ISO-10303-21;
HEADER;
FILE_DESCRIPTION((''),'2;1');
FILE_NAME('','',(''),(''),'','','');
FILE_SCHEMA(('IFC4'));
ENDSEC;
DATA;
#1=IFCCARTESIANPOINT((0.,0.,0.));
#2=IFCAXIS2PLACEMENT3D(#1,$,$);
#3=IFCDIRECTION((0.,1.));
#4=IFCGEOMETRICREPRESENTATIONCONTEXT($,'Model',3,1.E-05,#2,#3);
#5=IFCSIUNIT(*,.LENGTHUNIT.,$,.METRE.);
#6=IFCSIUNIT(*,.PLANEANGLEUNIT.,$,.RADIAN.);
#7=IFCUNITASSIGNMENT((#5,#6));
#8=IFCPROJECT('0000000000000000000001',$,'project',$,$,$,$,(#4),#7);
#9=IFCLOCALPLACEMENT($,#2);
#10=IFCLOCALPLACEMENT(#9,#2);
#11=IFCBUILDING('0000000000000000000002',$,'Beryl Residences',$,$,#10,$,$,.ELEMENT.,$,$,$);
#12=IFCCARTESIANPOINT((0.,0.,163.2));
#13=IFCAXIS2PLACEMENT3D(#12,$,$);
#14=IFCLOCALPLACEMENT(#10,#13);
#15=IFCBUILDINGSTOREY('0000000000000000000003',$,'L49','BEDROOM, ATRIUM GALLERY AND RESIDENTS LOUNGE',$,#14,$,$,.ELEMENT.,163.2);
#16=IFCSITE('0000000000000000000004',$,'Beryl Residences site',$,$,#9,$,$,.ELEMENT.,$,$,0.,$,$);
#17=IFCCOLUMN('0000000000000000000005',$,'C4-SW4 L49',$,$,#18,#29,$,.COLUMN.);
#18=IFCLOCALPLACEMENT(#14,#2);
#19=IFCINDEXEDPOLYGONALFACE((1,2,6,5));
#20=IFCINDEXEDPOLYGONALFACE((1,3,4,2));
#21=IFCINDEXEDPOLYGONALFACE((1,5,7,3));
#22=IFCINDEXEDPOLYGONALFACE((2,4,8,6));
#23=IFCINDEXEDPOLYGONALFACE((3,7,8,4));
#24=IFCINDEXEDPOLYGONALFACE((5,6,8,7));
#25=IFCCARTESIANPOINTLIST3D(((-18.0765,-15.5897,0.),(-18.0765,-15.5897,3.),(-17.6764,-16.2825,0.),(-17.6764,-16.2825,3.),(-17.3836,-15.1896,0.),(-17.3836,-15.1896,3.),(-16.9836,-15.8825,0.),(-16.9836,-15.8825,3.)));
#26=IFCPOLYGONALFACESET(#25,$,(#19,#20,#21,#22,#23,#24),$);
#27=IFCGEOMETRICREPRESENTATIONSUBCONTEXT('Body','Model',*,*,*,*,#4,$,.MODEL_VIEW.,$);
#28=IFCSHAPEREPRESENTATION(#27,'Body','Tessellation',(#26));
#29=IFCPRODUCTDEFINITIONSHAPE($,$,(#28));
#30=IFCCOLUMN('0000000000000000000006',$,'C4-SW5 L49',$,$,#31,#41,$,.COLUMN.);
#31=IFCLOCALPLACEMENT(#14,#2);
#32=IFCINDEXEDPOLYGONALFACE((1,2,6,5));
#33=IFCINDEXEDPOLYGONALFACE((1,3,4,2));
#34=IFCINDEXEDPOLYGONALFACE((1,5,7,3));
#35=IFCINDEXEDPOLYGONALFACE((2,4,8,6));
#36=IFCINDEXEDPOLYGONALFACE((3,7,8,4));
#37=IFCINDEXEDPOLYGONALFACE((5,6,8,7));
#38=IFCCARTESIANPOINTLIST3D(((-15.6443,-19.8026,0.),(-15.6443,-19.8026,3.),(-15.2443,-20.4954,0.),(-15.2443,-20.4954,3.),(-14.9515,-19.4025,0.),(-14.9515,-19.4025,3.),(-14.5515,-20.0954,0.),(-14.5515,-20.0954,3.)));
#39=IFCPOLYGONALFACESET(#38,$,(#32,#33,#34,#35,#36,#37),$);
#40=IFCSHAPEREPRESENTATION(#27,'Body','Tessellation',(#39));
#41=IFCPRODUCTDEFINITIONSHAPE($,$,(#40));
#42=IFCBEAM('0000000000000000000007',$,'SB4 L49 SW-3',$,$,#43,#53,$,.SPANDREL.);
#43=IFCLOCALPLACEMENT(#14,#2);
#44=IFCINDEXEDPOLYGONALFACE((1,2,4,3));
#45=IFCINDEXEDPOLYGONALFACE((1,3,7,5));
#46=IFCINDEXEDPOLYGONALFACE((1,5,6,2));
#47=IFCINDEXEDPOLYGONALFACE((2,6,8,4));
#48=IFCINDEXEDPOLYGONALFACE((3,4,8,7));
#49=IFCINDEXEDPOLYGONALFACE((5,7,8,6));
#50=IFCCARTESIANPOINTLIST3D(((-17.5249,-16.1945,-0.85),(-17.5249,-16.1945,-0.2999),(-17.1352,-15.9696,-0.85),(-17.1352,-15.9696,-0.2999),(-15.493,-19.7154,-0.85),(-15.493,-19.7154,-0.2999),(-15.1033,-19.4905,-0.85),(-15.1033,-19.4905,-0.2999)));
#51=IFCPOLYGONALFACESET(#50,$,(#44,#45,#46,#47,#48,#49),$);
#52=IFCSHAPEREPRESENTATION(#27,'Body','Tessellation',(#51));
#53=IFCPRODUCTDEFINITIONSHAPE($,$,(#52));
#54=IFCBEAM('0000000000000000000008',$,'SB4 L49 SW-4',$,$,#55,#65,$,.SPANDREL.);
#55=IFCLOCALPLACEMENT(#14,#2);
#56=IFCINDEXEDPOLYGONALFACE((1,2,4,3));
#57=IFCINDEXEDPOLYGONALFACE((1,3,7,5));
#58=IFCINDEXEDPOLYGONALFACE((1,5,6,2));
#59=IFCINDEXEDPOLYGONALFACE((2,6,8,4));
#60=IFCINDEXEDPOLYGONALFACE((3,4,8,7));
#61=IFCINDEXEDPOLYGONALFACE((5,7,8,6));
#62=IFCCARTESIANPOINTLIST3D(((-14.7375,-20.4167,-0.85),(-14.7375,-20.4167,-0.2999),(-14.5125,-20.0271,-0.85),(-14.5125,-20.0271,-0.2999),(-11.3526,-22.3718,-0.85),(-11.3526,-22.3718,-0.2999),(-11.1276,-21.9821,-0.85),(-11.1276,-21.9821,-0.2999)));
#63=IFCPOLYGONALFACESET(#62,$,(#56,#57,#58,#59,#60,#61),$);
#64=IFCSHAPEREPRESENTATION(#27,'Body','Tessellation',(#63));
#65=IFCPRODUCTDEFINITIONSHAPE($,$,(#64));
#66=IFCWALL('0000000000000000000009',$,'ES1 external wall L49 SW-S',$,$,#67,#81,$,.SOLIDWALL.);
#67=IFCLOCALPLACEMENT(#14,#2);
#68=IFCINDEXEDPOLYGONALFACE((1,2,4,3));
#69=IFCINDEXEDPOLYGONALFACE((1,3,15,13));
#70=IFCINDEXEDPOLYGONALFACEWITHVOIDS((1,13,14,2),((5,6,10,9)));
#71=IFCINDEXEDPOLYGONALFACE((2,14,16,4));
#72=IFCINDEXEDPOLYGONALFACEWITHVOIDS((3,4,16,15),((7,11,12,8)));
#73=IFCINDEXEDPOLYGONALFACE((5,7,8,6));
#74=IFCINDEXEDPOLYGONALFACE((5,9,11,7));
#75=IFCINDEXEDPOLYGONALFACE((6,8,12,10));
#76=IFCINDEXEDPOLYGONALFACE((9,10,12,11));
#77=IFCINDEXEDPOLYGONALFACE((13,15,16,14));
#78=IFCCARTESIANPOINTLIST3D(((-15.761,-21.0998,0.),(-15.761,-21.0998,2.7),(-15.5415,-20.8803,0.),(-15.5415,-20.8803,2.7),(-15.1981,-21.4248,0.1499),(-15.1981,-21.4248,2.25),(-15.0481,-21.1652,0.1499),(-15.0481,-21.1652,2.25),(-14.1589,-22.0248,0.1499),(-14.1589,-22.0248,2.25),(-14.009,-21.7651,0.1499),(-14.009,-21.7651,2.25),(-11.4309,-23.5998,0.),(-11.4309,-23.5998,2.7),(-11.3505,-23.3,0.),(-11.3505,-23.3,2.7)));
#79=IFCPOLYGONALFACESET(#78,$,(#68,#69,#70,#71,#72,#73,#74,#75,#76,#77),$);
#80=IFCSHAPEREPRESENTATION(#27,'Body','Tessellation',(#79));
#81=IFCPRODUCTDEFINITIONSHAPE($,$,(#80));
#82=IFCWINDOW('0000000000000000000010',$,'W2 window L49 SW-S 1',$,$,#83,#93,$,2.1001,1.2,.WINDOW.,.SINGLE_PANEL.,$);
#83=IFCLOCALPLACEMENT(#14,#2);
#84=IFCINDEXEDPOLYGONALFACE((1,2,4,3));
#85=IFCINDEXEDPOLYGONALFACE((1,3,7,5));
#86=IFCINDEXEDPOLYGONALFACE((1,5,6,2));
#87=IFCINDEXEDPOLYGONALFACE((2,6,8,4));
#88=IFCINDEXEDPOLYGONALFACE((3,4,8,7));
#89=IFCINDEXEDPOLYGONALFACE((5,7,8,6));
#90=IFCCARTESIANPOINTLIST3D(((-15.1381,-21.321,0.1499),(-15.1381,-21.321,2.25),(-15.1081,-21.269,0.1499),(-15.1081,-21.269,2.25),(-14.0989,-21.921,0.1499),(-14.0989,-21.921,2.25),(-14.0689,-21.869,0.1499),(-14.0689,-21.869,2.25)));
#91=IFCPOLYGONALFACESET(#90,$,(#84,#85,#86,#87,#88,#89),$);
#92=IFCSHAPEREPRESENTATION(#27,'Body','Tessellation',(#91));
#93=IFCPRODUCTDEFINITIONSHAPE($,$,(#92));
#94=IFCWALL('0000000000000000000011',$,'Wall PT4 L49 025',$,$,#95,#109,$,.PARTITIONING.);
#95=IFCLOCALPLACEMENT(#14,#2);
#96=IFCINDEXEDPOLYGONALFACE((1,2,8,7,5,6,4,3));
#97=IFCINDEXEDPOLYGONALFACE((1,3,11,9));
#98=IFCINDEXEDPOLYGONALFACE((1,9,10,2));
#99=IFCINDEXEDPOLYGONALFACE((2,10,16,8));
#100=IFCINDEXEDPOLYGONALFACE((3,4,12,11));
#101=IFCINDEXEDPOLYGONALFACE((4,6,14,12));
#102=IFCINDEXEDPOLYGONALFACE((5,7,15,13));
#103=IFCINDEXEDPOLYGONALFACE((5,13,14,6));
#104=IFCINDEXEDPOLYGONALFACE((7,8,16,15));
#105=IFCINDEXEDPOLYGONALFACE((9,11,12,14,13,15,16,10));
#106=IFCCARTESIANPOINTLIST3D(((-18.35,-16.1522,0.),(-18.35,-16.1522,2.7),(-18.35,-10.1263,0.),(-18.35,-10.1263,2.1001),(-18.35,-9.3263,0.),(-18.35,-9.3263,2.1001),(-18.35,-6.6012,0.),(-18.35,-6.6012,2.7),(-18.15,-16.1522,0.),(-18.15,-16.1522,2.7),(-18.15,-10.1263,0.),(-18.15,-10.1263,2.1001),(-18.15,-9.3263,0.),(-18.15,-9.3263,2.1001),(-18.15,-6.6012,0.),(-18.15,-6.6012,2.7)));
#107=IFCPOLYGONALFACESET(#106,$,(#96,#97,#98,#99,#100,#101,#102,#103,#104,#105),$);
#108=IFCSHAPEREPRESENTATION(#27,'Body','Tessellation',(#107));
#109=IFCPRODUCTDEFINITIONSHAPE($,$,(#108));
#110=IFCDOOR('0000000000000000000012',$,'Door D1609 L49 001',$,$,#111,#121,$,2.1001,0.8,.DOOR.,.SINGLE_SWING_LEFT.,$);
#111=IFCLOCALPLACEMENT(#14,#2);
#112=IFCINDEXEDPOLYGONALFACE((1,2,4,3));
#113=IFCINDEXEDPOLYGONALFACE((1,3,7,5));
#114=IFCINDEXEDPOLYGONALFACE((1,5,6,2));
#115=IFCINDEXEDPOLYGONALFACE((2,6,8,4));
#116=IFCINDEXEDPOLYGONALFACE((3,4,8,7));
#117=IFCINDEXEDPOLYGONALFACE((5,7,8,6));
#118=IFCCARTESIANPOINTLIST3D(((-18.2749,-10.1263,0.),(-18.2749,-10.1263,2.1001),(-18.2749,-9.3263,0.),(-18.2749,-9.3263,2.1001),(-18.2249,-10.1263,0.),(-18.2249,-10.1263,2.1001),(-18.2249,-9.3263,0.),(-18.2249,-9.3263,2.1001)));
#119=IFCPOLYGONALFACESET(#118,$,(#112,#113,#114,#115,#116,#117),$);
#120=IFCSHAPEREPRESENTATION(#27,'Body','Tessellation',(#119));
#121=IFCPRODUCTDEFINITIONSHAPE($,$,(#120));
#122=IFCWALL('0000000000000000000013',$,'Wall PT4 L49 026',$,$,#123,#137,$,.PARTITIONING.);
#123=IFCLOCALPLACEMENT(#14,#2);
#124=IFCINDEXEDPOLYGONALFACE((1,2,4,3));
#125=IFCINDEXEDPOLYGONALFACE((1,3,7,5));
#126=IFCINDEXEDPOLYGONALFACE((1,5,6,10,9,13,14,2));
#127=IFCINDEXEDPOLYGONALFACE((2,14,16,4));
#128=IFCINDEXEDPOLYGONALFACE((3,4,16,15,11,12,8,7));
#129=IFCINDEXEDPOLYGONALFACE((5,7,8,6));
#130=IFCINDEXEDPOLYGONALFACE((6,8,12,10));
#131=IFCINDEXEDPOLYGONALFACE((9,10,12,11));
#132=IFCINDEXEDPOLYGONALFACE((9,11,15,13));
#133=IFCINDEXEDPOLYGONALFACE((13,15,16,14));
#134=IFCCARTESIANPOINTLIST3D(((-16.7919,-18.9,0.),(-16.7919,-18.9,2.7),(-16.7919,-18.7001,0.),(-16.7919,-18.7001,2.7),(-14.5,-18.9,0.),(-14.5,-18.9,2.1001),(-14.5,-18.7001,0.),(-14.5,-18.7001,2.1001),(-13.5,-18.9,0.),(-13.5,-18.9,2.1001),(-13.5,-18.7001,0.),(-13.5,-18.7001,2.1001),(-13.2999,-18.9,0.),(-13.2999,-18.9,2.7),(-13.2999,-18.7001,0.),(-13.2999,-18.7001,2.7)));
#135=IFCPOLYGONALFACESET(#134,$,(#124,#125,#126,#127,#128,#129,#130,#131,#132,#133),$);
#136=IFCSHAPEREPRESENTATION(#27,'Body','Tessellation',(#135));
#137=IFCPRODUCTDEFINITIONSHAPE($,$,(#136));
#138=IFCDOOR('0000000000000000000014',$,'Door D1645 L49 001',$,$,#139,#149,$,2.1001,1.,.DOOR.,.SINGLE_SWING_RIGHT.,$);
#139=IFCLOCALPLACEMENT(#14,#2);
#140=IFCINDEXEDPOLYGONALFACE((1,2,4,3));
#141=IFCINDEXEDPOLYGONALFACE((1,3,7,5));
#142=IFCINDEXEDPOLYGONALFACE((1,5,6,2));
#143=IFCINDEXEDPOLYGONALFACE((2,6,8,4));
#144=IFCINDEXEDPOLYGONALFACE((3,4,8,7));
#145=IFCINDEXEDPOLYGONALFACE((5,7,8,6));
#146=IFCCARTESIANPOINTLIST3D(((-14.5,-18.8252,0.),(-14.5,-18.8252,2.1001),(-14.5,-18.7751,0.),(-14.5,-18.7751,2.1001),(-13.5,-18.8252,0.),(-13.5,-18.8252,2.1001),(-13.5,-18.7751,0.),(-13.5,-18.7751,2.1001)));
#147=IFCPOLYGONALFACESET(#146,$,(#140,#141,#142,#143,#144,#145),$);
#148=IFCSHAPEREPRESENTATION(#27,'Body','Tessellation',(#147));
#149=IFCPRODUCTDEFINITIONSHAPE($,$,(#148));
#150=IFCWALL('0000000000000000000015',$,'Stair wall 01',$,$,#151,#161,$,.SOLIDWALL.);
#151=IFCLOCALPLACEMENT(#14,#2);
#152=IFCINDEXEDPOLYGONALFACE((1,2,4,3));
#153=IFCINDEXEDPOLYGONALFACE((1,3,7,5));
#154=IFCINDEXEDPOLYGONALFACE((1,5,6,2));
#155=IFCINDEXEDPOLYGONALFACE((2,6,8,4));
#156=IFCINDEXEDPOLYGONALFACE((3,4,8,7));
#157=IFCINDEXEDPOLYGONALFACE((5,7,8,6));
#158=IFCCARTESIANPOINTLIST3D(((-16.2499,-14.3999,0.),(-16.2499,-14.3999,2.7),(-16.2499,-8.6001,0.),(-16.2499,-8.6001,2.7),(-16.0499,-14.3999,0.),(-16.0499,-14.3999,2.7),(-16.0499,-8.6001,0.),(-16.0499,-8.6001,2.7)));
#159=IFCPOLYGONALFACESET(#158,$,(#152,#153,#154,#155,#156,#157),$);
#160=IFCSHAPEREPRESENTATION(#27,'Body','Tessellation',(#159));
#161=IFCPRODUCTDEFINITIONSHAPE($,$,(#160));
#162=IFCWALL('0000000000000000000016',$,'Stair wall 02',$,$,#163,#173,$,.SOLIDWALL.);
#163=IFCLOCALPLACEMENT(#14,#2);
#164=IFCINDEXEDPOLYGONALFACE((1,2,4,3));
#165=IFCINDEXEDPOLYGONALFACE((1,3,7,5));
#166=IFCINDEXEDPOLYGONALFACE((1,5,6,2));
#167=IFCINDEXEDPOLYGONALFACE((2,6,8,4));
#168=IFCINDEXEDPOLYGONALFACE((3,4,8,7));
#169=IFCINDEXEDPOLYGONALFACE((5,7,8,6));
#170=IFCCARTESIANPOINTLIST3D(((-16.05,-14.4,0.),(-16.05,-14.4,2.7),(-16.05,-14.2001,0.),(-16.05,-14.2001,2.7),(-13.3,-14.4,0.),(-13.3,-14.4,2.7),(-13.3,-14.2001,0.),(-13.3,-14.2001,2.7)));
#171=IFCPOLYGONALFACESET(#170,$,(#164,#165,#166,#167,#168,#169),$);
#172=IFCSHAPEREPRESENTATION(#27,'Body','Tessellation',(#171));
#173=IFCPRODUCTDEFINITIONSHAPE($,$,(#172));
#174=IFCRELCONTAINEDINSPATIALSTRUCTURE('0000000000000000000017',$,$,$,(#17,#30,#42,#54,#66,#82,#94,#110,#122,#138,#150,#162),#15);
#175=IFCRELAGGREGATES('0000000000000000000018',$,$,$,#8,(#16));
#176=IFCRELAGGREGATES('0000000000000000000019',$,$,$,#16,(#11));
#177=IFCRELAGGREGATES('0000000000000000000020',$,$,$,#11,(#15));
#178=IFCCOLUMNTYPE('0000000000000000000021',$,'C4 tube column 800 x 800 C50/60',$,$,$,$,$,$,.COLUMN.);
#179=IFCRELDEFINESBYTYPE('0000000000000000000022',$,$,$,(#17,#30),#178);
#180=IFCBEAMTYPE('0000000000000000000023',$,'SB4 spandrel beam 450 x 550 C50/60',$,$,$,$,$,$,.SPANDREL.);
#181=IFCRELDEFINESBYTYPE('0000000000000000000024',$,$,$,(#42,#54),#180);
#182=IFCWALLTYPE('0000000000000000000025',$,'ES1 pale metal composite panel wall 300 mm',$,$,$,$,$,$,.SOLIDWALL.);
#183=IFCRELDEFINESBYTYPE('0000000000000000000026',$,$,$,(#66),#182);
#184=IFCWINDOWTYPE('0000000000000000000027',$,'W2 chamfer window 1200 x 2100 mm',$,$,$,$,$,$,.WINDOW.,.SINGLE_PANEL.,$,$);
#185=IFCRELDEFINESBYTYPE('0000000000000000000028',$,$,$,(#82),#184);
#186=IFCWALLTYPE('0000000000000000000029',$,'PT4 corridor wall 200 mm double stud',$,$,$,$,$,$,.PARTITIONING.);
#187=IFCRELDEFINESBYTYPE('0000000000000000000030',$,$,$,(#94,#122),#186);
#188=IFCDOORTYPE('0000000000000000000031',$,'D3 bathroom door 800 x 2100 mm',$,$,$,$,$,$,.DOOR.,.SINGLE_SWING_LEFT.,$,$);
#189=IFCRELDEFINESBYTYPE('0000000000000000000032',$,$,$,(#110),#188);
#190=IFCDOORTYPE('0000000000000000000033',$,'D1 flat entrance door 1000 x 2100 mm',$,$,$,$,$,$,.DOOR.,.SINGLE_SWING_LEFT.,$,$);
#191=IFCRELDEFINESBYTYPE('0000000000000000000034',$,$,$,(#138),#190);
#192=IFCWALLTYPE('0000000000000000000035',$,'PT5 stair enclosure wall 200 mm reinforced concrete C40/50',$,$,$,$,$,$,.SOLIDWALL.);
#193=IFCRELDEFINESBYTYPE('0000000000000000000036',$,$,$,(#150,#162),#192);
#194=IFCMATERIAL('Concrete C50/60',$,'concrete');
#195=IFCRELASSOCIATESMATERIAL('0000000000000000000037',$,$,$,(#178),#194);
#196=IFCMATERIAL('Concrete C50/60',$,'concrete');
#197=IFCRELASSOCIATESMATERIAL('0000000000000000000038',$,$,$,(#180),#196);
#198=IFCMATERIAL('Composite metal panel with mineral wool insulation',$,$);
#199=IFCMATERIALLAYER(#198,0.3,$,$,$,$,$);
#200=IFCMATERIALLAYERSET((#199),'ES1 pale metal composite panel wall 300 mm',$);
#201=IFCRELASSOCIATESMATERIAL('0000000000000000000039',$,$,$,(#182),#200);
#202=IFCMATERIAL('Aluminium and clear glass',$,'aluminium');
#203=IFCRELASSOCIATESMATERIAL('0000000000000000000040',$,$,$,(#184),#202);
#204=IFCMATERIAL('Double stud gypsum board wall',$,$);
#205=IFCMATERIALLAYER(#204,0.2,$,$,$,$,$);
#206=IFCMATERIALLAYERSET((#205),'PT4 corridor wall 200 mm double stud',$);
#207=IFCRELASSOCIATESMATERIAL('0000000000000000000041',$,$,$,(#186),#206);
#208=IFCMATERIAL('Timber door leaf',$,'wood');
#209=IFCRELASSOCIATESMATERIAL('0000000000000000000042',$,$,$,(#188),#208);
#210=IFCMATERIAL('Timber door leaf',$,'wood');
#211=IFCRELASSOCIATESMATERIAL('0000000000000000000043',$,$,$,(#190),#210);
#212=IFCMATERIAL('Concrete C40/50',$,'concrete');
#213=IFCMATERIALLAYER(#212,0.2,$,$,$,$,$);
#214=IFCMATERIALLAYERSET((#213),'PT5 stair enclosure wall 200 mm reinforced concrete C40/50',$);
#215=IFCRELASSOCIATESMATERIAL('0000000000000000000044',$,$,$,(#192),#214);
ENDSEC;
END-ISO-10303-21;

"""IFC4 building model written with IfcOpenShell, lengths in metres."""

from ifc_helpers import new_model, si_unit, direction, frame, frame_2d, origin, origin_2d, place, context, subcontext, project, spatial, polyline, rectangle, outline, extrude, material, layer, layer_set, material_profile, profile_set, type_object, element, fill, save


model = new_model("IFC4")

# Units and contexts
model_context = context("Model", 3, precision=1e-05, world=origin(), true_north=direction((0.0, 1.0)))
body_context = subcontext(model_context, "Body", "Model", "MODEL_VIEW")
ifc_project = project(units=[si_unit("LENGTHUNIT", "METRE"), si_unit("PLANEANGLEUNIT", "RADIAN")], contexts=[model_context])

# Site, building, storey
site_placement = place(None, origin())
site = spatial("IfcSite", under=ifc_project, at=site_placement, Name="Beryl Residences site", CompositionType="ELEMENT", RefElevation=0.0)
building_placement = place(site_placement, origin())
building = spatial("IfcBuilding", under=site, at=building_placement, Name="Beryl Residences", CompositionType="ELEMENT")
storey_placement = place(building_placement, frame((0.0, 0.0, 163.2)))
storey = spatial("IfcBuildingStorey", under=building, at=storey_placement, Name="L49", Description="BEDROOM, ATRIUM GALLERY AND RESIDENTS LOUNGE", CompositionType="ELEMENT", Elevation=163.2)

# Columns
ifc_material_1 = material(Name="Concrete C50/60", Category="concrete")
ifc_material_profile_1 = material_profile(ifc_material_1, rectangle(XDim=0.8, YDim=0.8, at=origin_2d()))
ifc_profile_set_1 = profile_set([ifc_material_profile_1], Name="Concrete C50/60")
column_type = type_object("IfcColumnType", Name="C4 tube column 800 x 800 C50/60", PredefinedType="COLUMN", material=ifc_profile_set_1)
for number, where, z_axis, x_axis, name in (
    (1, (-17.53, -15.7361, 0.0), (0.0, 0.0, 1.0), (0.5, -0.866025, 0.0), "C4-SW4 L49"),
    (2, (-15.0979, -19.949, 0.0), (0.0, 0.0, 1.0), (0.5, -0.866025, 0.0), "C4-SW5 L49"),
):
    element("IfcColumn", number, at=place(storey_placement, frame(where, z_axis=z_axis, x_axis=x_axis)), inside=storey, type_object=column_type, Name=name, PredefinedType="COLUMN", context=body_context, shape_type="SweptSolid", body=[
        extrude(rectangle(XDim=0.8, YDim=0.8, at=origin_2d()), origin(), (0.0, 0.0, 1.0), 3.0),
    ])

# Beams
ifc_material_2 = material(Name="Concrete C50/60", Category="concrete")
ifc_material_profile_2 = material_profile(ifc_material_2, rectangle(XDim=0.45, YDim=0.55, at=origin_2d()))
ifc_profile_set_2 = profile_set([ifc_material_profile_2], Name="Concrete C50/60")
beam_type = type_object("IfcBeamType", Name="SB4 spandrel beam 450 x 550 C50/60", PredefinedType="SPANDREL", material=ifc_profile_set_2)
beam_1_placement = place(storey_placement, frame((-17.3301, -16.082, -0.575), z_axis=(0.49984, -0.866118, 0.0), x_axis=(0.866118, 0.49984, 0.0)))
element("IfcBeam", 3, at=beam_1_placement, inside=storey, type_object=beam_type, Name="SB4 L49 SW-3", PredefinedType="SPANDREL", context=body_context, shape_type="SweptSolid", body=[
    extrude(rectangle(XDim=0.45, YDim=0.55, at=origin_2d()), origin(), (0.0, 0.0, 1.0), 4.0652),
])
beam_2_placement = place(storey_placement, frame((-14.625, -20.2219, -0.575), z_axis=(0.865943, -0.500142, 0.0), x_axis=(0.500142, 0.865943, 0.0)))
element("IfcBeam", 4, at=beam_2_placement, inside=storey, type_object=beam_type, Name="SB4 L49 SW-4", PredefinedType="SPANDREL", context=body_context, shape_type="SweptSolid", body=[
    extrude(rectangle(XDim=0.45, YDim=0.55, at=origin_2d()), origin(), (0.0, 0.0, 1.0), 3.9089),
])

# Wall, opening, window
ifc_material_3 = material(Name="Composite metal panel with mineral wool insulation")
ifc_layer_1 = layer(ifc_material_3, 0.3)
ifc_layer_set_1 = layer_set([ifc_layer_1], Name="ES1 pale metal composite panel wall 300 mm")
wall_type_1 = type_object("IfcWallType", Name="ES1 pale metal composite panel wall 300 mm", PredefinedType="SOLIDWALL", material=ifc_layer_set_1)
wall_1_placement = place(storey_placement, frame((-15.686, -20.97, 0.0), z_axis=(0.0, 0.0, 1.0), x_axis=(0.866023, -0.500004, 0.0)))
wall_1 = element("IfcWall", 5, at=wall_1_placement, inside=storey, type_object=wall_type_1, Name="ES1 external wall L49 SW-S", PredefinedType="SOLIDWALL", context=body_context, shape_type="SweptSolid", body=[
    extrude(outline(polyline([(0.0, -0.1499), (5.0, -0.1499), (4.9197, 0.1499), (0.0803, 0.1499), (0.0, -0.1499)])), origin(), (0.0, 0.0, 1.0), 2.7),
])
opening_1_placement = place(wall_1_placement, frame((0.6499, 0.0, 0.1499)))
opening_1 = element("IfcOpeningElement", 6, at=opening_1_placement, cuts=wall_1, PredefinedType="OPENING", context=body_context, shape_type="SweptSolid", body=[
    extrude(rectangle(XDim=1.2, YDim=2.1001, at=frame_2d((0.6001, 1.05))), frame((0.0, 0.1599, 0.0), z_axis=(0.0, -1.0, 0.0), x_axis=(1.0, 0.0, 0.0)), (0.0, 0.0, 1.0), 0.3201),
])
ifc_material_4 = material(Name="Aluminium and clear glass", Category="aluminium")
window_type = type_object("IfcWindowType", Name="W2 chamfer window 1200 x 2100 mm", PartitioningType="SINGLE_PANEL", PredefinedType="WINDOW", material=ifc_material_4)
window_placement = place(opening_1_placement, origin())
window = element("IfcWindow", 7, at=window_placement, inside=storey, type_object=window_type, Name="W2 window L49 SW-S 1", OverallHeight=2.1001, OverallWidth=1.2, PartitioningType="SINGLE_PANEL", PredefinedType="WINDOW", context=body_context, shape_type="SweptSolid", body=[
    extrude(rectangle(XDim=1.2, YDim=2.1001, at=frame_2d((0.6001, 1.05))), frame((0.0, 0.03, 0.0), z_axis=(0.0, -1.0, 0.0), x_axis=(1.0, 0.0, 0.0)), (0.0, 0.0, 1.0), 0.0601),
])
fill(opening_1, window)

# Walls, openings, doors
ifc_material_5 = material(Name="Double stud gypsum board wall")
ifc_layer_2 = layer(ifc_material_5, 0.2)
ifc_layer_set_2 = layer_set([ifc_layer_2], Name="PT4 corridor wall 200 mm double stud")
wall_type_2 = type_object("IfcWallType", Name="PT4 corridor wall 200 mm double stud", PredefinedType="PARTITIONING", material=ifc_layer_set_2)
wall_2_placement = place(storey_placement, frame((-18.25, -16.1521, 0.0), z_axis=(0.0, 0.0, 1.0), x_axis=(0.0, 1.0, 0.0)))
wall_2 = element("IfcWall", 8, at=wall_2_placement, inside=storey, type_object=wall_type_2, Name="Wall PT4 L49 025", PredefinedType="PARTITIONING", context=body_context, shape_type="SweptSolid", body=[
    extrude(rectangle(XDim=9.551, YDim=0.2, at=frame_2d((4.7754, 0.0))), origin(), (0.0, 0.0, 1.0), 2.7),
])
opening_2_placement = place(wall_2_placement, frame((6.0259, 0.0, 0.0)))
opening_2 = element("IfcOpeningElement", 9, at=opening_2_placement, cuts=wall_2, PredefinedType="OPENING", context=body_context, shape_type="SweptSolid", body=[
    extrude(rectangle(XDim=0.8, YDim=2.1001, at=frame_2d((0.3999, 1.05))), frame((0.0, 0.1099, 0.0), z_axis=(0.0, -1.0, 0.0), x_axis=(1.0, 0.0, 0.0)), (0.0, 0.0, 1.0), 0.22),
])
ifc_material_6 = material(Name="Timber door leaf", Category="wood")
door_type_1 = type_object("IfcDoorType", Name="D3 bathroom door 800 x 2100 mm", OperationType="SINGLE_SWING_LEFT", PredefinedType="DOOR", material=ifc_material_6)
door_1_placement = place(opening_2_placement, origin())
door_1 = element("IfcDoor", 10, at=door_1_placement, inside=storey, type_object=door_type_1, Name="Door D1609 L49 001", OperationType="SINGLE_SWING_LEFT", OverallHeight=2.1001, OverallWidth=0.8, PredefinedType="DOOR", context=body_context, shape_type="SweptSolid", body=[
    extrude(rectangle(XDim=0.8, YDim=2.1001, at=frame_2d((0.3999, 1.05))), frame((0.0, 0.0249, 0.0), z_axis=(0.0, -1.0, 0.0), x_axis=(1.0, 0.0, 0.0)), (0.0, 0.0, 1.0), 0.05),
])
fill(opening_2, door_1)
wall_3_placement = place(storey_placement, frame((-16.792, -18.8, 0.0), z_axis=(0.0, 0.0, 1.0), x_axis=(1.0, 0.0, 0.0)))
wall_3 = element("IfcWall", 11, at=wall_3_placement, inside=storey, type_object=wall_type_2, Name="Wall PT4 L49 026", PredefinedType="PARTITIONING", context=body_context, shape_type="SweptSolid", body=[
    extrude(rectangle(XDim=3.4919, YDim=0.2, at=frame_2d((1.7461, 0.0))), origin(), (0.0, 0.0, 1.0), 2.7),
])
opening_3_placement = place(wall_3_placement, frame((2.292, 0.0, 0.0)))
opening_3 = element("IfcOpeningElement", 12, at=opening_3_placement, cuts=wall_3, PredefinedType="OPENING", context=body_context, shape_type="SweptSolid", body=[
    extrude(rectangle(XDim=1.0, YDim=2.1001, at=frame_2d((0.5, 1.05))), frame((0.0, 0.1099, 0.0), z_axis=(0.0, -1.0, 0.0), x_axis=(1.0, 0.0, 0.0)), (0.0, 0.0, 1.0), 0.22),
])
ifc_material_7 = material(Name="Timber door leaf", Category="wood")
door_type_2 = type_object("IfcDoorType", Name="D1 flat entrance door 1000 x 2100 mm", OperationType="SINGLE_SWING_LEFT", PredefinedType="DOOR", material=ifc_material_7)
door_2_placement = place(opening_3_placement, origin())
door_2 = element("IfcDoor", 13, at=door_2_placement, inside=storey, type_object=door_type_2, Name="Door D1645 L49 001", OperationType="SINGLE_SWING_RIGHT", OverallHeight=2.1001, OverallWidth=1.0, PredefinedType="DOOR", context=body_context, shape_type="SweptSolid", body=[
    extrude(rectangle(XDim=1.0, YDim=2.1001, at=frame_2d((0.5, 1.05))), frame((0.0, 0.0249, 0.0), z_axis=(0.0, -1.0, 0.0), x_axis=(1.0, 0.0, 0.0)), (0.0, 0.0, 1.0), 0.05),
])
fill(opening_3, door_2)

# Walls
ifc_material_8 = material(Name="Concrete C40/50", Category="concrete")
ifc_layer_3 = layer(ifc_material_8, 0.2)
ifc_layer_set_3 = layer_set([ifc_layer_3], Name="PT5 stair enclosure wall 200 mm reinforced concrete C40/50")
wall_type_3 = type_object("IfcWallType", Name="PT5 stair enclosure wall 200 mm reinforced concrete C40/50", PredefinedType="SOLIDWALL", material=ifc_layer_set_3)
wall_4_placement = place(storey_placement, frame((-16.1499, -14.3999, 0.0), z_axis=(0.0, 0.0, 1.0), x_axis=(0.0, 1.0, 0.0)))
element("IfcWall", 14, at=wall_4_placement, inside=storey, type_object=wall_type_3, Name="Stair wall 01", PredefinedType="SOLIDWALL", context=body_context, shape_type="SweptSolid", body=[
    extrude(rectangle(XDim=5.7998, YDim=0.2, at=frame_2d((2.8999, 0.0))), origin(), (0.0, 0.0, 1.0), 2.7),
])
wall_5_placement = place(storey_placement, frame((-16.05, -14.3, 0.0), z_axis=(0.0, 0.0, 1.0), x_axis=(1.0, 0.0, 0.0)))
element("IfcWall", 15, at=wall_5_placement, inside=storey, type_object=wall_type_3, Name="Stair wall 02", PredefinedType="SOLIDWALL", context=body_context, shape_type="SweptSolid", body=[
    extrude(rectangle(XDim=2.75, YDim=0.2, at=frame_2d((1.375, 0.0))), origin(), (0.0, 0.0, 1.0), 2.7),
])

save(model, "model.ifc")
